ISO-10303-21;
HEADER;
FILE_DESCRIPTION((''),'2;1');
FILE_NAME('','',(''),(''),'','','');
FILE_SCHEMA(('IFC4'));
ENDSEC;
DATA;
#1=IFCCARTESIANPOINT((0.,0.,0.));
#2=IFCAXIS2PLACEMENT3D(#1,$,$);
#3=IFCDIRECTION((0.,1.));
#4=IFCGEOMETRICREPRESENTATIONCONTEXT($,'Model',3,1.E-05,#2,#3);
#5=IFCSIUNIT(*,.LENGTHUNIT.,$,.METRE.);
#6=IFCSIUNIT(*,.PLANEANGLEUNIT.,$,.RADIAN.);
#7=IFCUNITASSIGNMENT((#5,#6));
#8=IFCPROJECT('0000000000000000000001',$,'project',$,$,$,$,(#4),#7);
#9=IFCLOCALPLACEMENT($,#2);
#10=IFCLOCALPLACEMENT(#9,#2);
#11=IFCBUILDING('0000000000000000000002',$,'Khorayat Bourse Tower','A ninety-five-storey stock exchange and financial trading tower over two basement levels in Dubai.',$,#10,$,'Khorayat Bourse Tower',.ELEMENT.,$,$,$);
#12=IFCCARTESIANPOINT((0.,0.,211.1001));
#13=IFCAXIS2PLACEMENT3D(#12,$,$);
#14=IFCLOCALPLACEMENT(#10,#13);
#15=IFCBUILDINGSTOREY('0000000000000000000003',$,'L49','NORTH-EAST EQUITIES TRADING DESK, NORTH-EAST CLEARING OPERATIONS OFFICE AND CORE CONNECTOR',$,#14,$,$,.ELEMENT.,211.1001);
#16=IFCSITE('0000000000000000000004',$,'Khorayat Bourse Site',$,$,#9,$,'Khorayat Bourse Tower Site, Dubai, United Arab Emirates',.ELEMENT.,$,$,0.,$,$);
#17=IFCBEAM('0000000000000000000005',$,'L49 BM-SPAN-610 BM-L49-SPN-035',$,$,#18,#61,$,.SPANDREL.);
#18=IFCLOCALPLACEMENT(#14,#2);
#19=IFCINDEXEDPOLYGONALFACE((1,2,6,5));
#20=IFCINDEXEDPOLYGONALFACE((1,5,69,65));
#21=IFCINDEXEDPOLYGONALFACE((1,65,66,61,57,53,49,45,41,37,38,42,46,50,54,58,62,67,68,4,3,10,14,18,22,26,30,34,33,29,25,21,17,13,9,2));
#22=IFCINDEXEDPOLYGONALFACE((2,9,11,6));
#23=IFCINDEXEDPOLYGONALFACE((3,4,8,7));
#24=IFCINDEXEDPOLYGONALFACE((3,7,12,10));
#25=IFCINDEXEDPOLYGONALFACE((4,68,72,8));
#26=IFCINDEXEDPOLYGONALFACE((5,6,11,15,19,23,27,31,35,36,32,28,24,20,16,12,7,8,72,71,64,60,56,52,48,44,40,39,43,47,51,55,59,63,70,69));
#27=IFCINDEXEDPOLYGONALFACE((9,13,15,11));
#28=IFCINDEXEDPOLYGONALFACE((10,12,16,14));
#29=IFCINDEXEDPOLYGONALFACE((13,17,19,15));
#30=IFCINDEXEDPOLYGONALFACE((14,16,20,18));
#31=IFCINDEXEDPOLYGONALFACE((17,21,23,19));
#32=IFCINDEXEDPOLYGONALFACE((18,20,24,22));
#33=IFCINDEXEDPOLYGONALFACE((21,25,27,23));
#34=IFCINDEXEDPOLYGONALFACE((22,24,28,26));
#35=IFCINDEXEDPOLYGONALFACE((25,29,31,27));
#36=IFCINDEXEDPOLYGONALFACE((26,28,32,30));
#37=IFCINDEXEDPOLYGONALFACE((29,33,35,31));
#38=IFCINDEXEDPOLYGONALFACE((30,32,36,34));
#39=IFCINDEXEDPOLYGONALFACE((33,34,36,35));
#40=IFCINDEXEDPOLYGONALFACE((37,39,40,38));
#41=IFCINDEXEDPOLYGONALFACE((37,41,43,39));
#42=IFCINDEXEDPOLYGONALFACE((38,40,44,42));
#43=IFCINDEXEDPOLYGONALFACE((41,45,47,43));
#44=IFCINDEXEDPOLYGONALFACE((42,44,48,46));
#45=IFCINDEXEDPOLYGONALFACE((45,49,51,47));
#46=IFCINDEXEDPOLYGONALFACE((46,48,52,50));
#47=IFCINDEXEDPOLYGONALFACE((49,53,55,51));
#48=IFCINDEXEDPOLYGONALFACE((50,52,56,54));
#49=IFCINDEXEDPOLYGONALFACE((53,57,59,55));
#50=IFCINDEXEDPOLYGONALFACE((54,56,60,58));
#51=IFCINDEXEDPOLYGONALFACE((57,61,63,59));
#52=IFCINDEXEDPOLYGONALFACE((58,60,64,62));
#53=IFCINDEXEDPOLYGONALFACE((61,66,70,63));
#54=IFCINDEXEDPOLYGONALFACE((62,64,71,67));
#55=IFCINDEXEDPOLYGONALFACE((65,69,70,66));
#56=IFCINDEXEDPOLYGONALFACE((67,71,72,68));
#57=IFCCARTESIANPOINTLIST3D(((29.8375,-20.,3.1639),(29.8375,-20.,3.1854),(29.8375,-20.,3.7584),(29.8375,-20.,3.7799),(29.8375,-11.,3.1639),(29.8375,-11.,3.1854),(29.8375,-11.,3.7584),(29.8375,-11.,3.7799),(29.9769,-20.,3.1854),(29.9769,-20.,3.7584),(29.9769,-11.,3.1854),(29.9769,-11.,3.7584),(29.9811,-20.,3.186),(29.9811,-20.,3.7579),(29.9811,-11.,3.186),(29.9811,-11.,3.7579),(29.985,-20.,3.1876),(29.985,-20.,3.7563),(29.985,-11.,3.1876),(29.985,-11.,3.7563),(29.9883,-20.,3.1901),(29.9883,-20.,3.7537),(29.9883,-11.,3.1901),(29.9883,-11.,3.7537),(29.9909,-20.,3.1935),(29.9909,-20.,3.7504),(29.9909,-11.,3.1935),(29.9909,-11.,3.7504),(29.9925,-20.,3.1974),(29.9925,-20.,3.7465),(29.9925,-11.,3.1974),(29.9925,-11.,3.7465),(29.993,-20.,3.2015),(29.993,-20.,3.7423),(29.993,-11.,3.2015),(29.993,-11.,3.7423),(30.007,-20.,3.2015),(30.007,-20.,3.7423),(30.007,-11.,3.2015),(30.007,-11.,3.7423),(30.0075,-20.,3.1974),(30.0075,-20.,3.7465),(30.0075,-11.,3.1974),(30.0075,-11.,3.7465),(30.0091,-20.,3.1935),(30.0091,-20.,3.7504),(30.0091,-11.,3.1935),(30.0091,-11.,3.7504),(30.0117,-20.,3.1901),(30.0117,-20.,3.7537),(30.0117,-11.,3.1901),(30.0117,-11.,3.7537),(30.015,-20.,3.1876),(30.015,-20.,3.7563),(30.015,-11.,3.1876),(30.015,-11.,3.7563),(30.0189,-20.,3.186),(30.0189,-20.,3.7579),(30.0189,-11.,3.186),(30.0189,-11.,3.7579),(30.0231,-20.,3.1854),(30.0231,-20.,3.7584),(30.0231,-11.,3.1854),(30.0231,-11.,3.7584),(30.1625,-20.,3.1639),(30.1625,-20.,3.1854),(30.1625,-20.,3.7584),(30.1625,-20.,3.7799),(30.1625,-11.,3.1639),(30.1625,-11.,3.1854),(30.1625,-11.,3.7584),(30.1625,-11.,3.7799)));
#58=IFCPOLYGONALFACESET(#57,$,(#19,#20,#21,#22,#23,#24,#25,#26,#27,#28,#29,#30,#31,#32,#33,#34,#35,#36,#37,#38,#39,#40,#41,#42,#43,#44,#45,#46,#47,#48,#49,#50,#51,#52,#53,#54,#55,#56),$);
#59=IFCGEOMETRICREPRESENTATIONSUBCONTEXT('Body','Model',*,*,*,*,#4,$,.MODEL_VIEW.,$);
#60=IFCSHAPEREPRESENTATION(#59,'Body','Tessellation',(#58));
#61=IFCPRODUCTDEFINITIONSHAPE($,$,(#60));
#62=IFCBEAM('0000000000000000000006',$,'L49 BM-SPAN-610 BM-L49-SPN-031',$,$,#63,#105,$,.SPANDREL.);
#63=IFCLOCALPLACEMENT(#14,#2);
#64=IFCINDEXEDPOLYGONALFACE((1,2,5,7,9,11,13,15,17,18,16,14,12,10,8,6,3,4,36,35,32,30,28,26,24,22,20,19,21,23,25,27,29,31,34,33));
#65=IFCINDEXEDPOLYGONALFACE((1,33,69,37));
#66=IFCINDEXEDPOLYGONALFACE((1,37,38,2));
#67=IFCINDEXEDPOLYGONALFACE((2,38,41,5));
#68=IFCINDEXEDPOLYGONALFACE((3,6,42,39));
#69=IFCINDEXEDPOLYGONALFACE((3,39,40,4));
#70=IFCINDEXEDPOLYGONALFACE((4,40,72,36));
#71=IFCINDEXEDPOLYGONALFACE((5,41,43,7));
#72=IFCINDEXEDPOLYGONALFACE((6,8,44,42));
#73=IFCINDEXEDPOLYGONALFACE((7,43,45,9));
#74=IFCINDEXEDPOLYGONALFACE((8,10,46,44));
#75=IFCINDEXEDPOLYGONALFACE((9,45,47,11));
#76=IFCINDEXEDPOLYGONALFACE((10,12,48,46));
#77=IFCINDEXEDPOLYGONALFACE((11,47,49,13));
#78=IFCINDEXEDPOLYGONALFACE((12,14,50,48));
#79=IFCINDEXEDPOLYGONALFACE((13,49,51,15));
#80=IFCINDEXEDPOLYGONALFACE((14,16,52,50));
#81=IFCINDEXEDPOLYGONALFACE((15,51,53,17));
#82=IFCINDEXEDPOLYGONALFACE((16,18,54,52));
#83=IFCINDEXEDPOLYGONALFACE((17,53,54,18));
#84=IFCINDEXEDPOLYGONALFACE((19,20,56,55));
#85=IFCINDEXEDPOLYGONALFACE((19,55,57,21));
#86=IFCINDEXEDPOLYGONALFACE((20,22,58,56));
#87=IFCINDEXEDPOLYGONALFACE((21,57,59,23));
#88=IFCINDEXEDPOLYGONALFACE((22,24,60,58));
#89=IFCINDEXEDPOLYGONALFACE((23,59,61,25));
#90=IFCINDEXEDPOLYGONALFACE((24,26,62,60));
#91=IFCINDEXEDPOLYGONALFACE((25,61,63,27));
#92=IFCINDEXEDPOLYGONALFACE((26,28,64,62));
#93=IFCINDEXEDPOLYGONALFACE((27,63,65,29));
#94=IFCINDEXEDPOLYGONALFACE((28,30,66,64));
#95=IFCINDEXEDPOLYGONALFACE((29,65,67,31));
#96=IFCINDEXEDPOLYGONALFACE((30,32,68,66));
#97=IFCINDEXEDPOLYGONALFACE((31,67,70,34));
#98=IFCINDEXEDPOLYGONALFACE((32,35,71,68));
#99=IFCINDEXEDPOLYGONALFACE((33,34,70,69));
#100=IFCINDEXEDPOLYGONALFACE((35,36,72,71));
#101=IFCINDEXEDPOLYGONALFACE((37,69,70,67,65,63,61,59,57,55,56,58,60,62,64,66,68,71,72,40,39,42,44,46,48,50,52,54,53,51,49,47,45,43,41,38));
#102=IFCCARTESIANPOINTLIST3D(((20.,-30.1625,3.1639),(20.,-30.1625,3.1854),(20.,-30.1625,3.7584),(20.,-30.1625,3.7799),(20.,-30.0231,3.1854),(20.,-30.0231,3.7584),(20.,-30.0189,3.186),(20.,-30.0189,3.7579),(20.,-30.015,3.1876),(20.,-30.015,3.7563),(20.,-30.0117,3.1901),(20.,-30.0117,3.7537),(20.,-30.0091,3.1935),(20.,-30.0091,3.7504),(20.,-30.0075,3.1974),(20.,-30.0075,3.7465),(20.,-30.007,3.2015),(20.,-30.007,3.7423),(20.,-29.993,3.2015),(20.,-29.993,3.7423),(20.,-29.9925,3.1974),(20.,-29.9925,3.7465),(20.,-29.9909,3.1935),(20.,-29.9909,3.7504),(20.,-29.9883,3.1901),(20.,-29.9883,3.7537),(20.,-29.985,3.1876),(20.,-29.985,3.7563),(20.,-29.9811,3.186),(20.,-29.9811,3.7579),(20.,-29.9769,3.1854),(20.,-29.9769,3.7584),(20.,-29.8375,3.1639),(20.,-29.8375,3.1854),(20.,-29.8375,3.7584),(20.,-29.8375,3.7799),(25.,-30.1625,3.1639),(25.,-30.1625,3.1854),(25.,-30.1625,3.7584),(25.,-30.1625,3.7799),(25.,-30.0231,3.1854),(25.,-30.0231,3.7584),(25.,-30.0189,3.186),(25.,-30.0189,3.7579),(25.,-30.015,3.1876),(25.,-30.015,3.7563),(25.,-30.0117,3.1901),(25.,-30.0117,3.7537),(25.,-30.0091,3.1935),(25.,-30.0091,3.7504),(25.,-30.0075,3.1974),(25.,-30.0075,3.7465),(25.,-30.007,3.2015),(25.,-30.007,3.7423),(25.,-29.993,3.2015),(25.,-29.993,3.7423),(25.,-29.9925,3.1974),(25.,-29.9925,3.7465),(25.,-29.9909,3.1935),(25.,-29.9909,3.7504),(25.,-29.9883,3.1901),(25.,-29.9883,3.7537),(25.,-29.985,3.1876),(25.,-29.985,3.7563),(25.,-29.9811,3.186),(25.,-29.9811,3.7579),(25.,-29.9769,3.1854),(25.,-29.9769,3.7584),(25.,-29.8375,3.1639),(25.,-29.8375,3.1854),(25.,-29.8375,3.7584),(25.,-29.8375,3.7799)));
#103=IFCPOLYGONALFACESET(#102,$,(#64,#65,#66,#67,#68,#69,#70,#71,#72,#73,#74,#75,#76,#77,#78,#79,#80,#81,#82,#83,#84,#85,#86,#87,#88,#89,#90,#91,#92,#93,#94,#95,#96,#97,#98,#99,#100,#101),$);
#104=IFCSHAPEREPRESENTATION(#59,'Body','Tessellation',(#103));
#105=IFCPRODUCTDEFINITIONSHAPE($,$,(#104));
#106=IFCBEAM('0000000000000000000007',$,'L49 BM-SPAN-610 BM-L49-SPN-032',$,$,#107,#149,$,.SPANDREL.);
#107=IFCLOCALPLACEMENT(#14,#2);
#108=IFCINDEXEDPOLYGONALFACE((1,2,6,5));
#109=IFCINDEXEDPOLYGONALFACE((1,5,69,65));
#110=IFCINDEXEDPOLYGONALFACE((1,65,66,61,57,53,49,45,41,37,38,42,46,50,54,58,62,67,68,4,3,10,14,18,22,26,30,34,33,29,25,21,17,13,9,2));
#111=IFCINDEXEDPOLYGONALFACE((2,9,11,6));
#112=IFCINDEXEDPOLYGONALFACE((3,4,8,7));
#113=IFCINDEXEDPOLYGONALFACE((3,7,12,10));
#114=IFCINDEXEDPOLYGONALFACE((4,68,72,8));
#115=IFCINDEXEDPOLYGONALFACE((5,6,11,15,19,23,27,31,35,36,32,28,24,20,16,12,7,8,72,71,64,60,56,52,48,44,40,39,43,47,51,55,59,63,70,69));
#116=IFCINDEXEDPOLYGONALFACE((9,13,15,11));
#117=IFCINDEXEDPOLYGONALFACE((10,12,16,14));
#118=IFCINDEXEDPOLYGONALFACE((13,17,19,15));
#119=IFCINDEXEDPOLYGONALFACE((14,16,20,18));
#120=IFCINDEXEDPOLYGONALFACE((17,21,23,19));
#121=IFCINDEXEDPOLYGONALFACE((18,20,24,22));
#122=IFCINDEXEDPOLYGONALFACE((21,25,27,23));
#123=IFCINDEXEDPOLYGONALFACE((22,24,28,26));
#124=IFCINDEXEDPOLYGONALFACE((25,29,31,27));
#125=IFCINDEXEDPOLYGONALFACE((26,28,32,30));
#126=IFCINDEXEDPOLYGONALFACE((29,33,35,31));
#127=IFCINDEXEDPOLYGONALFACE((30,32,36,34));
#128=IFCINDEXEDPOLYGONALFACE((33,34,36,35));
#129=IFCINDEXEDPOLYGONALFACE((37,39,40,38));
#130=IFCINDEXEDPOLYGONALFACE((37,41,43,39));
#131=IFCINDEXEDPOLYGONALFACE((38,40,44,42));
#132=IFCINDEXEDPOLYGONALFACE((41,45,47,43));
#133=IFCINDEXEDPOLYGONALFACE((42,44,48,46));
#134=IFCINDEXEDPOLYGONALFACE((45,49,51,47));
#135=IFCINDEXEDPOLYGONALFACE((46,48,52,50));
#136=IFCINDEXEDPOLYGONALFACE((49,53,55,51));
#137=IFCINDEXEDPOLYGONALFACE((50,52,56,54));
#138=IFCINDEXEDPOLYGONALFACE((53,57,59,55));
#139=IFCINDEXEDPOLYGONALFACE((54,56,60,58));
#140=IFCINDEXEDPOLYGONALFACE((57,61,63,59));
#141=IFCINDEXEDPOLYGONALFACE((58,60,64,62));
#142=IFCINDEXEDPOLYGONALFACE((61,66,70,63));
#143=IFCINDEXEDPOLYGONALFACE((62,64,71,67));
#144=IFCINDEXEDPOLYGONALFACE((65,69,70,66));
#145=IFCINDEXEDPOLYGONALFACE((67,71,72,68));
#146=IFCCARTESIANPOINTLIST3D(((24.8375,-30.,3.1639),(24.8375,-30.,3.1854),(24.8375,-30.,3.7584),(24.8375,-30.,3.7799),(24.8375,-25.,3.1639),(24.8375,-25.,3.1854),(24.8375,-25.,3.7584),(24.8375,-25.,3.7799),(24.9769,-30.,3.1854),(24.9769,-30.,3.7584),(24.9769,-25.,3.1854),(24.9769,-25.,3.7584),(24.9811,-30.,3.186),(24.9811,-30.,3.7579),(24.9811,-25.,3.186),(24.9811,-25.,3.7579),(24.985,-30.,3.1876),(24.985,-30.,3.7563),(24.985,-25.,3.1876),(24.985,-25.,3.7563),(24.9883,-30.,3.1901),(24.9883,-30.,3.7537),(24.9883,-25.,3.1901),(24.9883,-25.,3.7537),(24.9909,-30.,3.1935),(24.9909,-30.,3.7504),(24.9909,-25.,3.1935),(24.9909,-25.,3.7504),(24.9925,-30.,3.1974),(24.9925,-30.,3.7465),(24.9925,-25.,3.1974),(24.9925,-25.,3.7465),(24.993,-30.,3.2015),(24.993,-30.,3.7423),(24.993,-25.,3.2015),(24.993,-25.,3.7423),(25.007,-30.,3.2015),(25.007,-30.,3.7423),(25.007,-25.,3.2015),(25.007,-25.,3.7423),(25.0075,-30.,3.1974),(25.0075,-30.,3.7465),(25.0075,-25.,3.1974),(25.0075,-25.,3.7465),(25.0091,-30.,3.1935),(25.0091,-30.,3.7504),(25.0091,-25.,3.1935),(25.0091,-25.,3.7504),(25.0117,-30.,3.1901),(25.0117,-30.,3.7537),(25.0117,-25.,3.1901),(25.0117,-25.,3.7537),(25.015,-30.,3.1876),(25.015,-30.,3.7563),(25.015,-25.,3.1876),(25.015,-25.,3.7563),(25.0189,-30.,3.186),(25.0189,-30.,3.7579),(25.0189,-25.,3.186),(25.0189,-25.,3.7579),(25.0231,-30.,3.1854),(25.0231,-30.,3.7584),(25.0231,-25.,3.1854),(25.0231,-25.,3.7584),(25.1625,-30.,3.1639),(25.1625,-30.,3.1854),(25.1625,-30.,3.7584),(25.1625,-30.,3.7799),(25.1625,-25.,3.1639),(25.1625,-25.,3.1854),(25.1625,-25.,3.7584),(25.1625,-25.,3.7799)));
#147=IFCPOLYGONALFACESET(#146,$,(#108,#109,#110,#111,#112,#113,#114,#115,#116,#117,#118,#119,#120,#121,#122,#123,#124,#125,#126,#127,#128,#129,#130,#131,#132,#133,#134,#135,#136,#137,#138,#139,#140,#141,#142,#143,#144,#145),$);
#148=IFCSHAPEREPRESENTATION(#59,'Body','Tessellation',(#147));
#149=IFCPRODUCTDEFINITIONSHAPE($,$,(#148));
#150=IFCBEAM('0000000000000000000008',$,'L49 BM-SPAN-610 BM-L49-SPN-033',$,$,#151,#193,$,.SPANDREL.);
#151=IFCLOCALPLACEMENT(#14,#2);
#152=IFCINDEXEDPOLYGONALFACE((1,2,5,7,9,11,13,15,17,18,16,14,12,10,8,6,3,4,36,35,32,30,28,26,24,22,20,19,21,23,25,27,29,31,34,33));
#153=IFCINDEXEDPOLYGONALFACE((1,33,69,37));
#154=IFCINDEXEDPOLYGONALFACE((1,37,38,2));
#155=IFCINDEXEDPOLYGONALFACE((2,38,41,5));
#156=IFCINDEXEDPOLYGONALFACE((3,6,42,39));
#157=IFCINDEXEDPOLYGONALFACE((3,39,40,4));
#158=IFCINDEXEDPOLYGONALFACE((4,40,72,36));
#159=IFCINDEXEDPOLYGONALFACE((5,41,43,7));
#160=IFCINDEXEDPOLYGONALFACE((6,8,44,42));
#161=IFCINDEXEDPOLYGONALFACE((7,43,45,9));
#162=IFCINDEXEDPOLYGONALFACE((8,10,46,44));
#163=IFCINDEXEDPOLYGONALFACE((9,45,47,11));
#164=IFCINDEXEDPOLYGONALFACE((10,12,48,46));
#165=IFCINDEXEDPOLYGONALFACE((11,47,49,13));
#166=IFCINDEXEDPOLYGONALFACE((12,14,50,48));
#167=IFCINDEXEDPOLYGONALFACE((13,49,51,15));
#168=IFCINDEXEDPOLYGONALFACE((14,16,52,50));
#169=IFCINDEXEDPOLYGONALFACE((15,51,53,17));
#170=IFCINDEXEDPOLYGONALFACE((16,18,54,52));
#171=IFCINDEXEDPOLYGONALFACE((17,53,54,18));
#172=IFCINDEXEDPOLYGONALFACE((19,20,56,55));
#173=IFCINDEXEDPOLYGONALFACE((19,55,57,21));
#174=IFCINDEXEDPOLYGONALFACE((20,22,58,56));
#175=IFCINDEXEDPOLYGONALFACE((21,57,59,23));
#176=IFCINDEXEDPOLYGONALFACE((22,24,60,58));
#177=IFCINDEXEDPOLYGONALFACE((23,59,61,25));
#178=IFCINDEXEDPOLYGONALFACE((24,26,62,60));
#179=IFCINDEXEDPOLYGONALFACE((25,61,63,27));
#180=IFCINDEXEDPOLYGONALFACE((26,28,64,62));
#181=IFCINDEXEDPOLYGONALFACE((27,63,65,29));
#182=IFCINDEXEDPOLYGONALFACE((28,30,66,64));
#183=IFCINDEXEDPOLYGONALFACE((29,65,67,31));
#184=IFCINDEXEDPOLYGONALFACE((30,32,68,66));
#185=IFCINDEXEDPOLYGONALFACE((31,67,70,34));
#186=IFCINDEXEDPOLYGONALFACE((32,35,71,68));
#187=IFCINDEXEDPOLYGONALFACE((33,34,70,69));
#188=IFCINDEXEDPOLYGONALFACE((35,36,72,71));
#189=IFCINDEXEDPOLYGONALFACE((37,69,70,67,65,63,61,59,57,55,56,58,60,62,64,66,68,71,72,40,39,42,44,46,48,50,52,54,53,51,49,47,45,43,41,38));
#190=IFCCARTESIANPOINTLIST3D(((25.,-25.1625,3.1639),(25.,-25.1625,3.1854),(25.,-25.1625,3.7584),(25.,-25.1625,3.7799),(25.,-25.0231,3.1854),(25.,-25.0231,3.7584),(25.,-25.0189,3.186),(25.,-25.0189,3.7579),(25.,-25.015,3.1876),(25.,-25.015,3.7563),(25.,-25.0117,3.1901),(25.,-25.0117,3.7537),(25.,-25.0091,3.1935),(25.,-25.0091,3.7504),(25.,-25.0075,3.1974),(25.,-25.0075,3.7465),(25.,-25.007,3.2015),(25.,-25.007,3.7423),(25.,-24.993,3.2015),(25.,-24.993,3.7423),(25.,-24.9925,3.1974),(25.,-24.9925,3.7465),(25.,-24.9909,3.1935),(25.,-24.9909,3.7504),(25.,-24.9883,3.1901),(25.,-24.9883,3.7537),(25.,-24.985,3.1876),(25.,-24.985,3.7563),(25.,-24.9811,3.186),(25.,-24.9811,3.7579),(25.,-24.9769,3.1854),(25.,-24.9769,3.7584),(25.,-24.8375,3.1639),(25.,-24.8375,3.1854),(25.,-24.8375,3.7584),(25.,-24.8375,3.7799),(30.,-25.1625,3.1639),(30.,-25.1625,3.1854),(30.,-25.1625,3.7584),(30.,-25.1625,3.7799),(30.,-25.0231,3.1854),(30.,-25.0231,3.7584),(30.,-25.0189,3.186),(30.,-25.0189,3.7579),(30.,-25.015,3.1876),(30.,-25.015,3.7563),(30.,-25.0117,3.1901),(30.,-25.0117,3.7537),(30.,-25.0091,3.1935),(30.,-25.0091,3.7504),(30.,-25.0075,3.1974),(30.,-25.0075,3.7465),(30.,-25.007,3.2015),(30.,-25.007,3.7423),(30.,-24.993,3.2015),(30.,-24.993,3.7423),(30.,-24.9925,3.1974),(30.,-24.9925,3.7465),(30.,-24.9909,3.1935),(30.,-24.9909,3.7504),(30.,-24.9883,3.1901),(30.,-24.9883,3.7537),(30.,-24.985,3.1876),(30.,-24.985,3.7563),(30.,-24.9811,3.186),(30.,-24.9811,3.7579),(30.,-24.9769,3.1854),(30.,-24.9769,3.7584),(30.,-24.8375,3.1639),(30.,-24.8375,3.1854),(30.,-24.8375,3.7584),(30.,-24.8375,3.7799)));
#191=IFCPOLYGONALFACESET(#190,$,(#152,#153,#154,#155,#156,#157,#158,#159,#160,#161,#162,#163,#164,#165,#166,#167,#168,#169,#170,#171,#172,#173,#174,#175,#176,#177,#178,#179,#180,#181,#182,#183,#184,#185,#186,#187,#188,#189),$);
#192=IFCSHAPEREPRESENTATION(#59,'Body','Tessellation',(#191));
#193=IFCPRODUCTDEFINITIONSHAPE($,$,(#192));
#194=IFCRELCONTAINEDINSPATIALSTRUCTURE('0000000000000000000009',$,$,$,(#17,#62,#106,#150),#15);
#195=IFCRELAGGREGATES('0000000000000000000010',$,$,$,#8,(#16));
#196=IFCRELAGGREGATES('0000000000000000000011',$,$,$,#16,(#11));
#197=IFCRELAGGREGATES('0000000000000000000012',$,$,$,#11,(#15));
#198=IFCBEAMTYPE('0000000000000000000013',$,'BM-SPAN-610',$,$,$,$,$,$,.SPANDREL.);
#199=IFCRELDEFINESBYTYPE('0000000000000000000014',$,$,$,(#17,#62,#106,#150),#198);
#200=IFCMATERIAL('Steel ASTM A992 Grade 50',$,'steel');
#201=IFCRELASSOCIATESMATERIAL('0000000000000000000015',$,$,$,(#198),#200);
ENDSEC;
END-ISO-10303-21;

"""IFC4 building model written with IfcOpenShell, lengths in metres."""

from ifc_helpers import new_model, si_unit, direction, frame, origin, origin_2d, place, context, subcontext, project, spatial, i_section, extrude, source, transform, mapped, material, material_profile, profile_set, type_object, element, save


model = new_model("IFC4")

# Units and contexts
model_context = context("Model", 3, precision=1e-05, world=origin(), true_north=direction((0.0, 1.0)))
body_context = subcontext(model_context, "Body", "Model", "MODEL_VIEW")
ifc_project = project(units=[si_unit("LENGTHUNIT", "METRE"), si_unit("PLANEANGLEUNIT", "RADIAN")], contexts=[model_context])

# Site, building, storey
site_placement = place(None, origin())
site = spatial("IfcSite", under=ifc_project, at=site_placement, Name="Khorayat Bourse Site", LongName="Khorayat Bourse Tower Site, Dubai, United Arab Emirates", CompositionType="ELEMENT", RefElevation=0.0)
building_placement = place(site_placement, origin())
building = spatial("IfcBuilding", under=site, at=building_placement, Name="Khorayat Bourse Tower", Description="A ninety-five-storey stock exchange and financial trading tower over two basement levels in Dubai.", LongName="Khorayat Bourse Tower", CompositionType="ELEMENT")
storey_placement = place(building_placement, frame((0.0, 0.0, 211.1001)))
storey = spatial("IfcBuildingStorey", under=building, at=storey_placement, Name="L49", Description="NORTH-EAST EQUITIES TRADING DESK, NORTH-EAST CLEARING OPERATIONS OFFICE AND CORE CONNECTOR", CompositionType="ELEMENT", Elevation=211.1001)

# Beams
ifc_material_1 = material(Name="Steel ASTM A992 Grade 50", Category="steel")
ifc_material_profile_1 = material_profile(ifc_material_1, i_section(OverallWidth=0.325, OverallDepth=0.616, WebThickness=0.0139, FlangeThickness=0.0215, FilletRadius=0.0161, at=origin_2d()), Name="W610X174")
ifc_profile_set_1 = profile_set([ifc_material_profile_1], Name="Steel ASTM A992 Grade 50")
beam_type_1 = type_object("IfcBeamType", Name="BM-SPAN-610", PredefinedType="SPANDREL", material=ifc_profile_set_1)
shared_shape_1 = source(origin(), body_context, "Body", "SweptSolid", [
    extrude(i_section(OverallWidth=0.325, OverallDepth=0.616, WebThickness=0.0139, FlangeThickness=0.0215, FilletRadius=0.0161, at=origin_2d()), origin(), (0.0, 0.0, 1.0), 9.0),
])
beam_1_placement = place(storey_placement, frame((30.0, -20.0, 3.4719), z_axis=(0.0, 1.0, 0.0), x_axis=(-1.0, 0.0, 0.0)))
element("IfcBeam", 1, at=beam_1_placement, inside=storey, type_object=beam_type_1, Name="L49 BM-SPAN-610 BM-L49-SPN-035", PredefinedType="SPANDREL", context=body_context, shape_type="MappedRepresentation", body=[
    mapped(shared_shape_1, transform((0.0, 0.0, 0.0), scale=1.0)),
])
shared_shape_2 = source(origin(), body_context, "Body", "SweptSolid", [
    extrude(i_section(OverallWidth=0.325, OverallDepth=0.616, WebThickness=0.0139, FlangeThickness=0.0215, FilletRadius=0.0161, at=origin_2d()), origin(), (0.0, 0.0, 1.0), 5.0),
])
for number, where, z_axis, x_axis, name in (
    (2, (20.0, -30.0, 3.4719), (1.0, 0.0, 0.0), (0.0, 1.0, 0.0), "L49 BM-SPAN-610 BM-L49-SPN-031"),
    (3, (25.0, -30.0, 3.4719), (0.0, 1.0, 0.0), (-1.0, 0.0, 0.0), "L49 BM-SPAN-610 BM-L49-SPN-032"),
    (4, (25.0, -25.0, 3.4719), (1.0, 0.0, 0.0), (0.0, 1.0, 0.0), "L49 BM-SPAN-610 BM-L49-SPN-033"),
):
    element("IfcBeam", number, at=place(storey_placement, frame(where, z_axis=z_axis, x_axis=x_axis)), inside=storey, type_object=beam_type_1, Name=name, PredefinedType="SPANDREL", context=body_context, shape_type="MappedRepresentation", body=[
        mapped(shared_shape_2, transform((0.0, 0.0, 0.0), scale=1.0)),
    ])

save(model, "model.ifc")
